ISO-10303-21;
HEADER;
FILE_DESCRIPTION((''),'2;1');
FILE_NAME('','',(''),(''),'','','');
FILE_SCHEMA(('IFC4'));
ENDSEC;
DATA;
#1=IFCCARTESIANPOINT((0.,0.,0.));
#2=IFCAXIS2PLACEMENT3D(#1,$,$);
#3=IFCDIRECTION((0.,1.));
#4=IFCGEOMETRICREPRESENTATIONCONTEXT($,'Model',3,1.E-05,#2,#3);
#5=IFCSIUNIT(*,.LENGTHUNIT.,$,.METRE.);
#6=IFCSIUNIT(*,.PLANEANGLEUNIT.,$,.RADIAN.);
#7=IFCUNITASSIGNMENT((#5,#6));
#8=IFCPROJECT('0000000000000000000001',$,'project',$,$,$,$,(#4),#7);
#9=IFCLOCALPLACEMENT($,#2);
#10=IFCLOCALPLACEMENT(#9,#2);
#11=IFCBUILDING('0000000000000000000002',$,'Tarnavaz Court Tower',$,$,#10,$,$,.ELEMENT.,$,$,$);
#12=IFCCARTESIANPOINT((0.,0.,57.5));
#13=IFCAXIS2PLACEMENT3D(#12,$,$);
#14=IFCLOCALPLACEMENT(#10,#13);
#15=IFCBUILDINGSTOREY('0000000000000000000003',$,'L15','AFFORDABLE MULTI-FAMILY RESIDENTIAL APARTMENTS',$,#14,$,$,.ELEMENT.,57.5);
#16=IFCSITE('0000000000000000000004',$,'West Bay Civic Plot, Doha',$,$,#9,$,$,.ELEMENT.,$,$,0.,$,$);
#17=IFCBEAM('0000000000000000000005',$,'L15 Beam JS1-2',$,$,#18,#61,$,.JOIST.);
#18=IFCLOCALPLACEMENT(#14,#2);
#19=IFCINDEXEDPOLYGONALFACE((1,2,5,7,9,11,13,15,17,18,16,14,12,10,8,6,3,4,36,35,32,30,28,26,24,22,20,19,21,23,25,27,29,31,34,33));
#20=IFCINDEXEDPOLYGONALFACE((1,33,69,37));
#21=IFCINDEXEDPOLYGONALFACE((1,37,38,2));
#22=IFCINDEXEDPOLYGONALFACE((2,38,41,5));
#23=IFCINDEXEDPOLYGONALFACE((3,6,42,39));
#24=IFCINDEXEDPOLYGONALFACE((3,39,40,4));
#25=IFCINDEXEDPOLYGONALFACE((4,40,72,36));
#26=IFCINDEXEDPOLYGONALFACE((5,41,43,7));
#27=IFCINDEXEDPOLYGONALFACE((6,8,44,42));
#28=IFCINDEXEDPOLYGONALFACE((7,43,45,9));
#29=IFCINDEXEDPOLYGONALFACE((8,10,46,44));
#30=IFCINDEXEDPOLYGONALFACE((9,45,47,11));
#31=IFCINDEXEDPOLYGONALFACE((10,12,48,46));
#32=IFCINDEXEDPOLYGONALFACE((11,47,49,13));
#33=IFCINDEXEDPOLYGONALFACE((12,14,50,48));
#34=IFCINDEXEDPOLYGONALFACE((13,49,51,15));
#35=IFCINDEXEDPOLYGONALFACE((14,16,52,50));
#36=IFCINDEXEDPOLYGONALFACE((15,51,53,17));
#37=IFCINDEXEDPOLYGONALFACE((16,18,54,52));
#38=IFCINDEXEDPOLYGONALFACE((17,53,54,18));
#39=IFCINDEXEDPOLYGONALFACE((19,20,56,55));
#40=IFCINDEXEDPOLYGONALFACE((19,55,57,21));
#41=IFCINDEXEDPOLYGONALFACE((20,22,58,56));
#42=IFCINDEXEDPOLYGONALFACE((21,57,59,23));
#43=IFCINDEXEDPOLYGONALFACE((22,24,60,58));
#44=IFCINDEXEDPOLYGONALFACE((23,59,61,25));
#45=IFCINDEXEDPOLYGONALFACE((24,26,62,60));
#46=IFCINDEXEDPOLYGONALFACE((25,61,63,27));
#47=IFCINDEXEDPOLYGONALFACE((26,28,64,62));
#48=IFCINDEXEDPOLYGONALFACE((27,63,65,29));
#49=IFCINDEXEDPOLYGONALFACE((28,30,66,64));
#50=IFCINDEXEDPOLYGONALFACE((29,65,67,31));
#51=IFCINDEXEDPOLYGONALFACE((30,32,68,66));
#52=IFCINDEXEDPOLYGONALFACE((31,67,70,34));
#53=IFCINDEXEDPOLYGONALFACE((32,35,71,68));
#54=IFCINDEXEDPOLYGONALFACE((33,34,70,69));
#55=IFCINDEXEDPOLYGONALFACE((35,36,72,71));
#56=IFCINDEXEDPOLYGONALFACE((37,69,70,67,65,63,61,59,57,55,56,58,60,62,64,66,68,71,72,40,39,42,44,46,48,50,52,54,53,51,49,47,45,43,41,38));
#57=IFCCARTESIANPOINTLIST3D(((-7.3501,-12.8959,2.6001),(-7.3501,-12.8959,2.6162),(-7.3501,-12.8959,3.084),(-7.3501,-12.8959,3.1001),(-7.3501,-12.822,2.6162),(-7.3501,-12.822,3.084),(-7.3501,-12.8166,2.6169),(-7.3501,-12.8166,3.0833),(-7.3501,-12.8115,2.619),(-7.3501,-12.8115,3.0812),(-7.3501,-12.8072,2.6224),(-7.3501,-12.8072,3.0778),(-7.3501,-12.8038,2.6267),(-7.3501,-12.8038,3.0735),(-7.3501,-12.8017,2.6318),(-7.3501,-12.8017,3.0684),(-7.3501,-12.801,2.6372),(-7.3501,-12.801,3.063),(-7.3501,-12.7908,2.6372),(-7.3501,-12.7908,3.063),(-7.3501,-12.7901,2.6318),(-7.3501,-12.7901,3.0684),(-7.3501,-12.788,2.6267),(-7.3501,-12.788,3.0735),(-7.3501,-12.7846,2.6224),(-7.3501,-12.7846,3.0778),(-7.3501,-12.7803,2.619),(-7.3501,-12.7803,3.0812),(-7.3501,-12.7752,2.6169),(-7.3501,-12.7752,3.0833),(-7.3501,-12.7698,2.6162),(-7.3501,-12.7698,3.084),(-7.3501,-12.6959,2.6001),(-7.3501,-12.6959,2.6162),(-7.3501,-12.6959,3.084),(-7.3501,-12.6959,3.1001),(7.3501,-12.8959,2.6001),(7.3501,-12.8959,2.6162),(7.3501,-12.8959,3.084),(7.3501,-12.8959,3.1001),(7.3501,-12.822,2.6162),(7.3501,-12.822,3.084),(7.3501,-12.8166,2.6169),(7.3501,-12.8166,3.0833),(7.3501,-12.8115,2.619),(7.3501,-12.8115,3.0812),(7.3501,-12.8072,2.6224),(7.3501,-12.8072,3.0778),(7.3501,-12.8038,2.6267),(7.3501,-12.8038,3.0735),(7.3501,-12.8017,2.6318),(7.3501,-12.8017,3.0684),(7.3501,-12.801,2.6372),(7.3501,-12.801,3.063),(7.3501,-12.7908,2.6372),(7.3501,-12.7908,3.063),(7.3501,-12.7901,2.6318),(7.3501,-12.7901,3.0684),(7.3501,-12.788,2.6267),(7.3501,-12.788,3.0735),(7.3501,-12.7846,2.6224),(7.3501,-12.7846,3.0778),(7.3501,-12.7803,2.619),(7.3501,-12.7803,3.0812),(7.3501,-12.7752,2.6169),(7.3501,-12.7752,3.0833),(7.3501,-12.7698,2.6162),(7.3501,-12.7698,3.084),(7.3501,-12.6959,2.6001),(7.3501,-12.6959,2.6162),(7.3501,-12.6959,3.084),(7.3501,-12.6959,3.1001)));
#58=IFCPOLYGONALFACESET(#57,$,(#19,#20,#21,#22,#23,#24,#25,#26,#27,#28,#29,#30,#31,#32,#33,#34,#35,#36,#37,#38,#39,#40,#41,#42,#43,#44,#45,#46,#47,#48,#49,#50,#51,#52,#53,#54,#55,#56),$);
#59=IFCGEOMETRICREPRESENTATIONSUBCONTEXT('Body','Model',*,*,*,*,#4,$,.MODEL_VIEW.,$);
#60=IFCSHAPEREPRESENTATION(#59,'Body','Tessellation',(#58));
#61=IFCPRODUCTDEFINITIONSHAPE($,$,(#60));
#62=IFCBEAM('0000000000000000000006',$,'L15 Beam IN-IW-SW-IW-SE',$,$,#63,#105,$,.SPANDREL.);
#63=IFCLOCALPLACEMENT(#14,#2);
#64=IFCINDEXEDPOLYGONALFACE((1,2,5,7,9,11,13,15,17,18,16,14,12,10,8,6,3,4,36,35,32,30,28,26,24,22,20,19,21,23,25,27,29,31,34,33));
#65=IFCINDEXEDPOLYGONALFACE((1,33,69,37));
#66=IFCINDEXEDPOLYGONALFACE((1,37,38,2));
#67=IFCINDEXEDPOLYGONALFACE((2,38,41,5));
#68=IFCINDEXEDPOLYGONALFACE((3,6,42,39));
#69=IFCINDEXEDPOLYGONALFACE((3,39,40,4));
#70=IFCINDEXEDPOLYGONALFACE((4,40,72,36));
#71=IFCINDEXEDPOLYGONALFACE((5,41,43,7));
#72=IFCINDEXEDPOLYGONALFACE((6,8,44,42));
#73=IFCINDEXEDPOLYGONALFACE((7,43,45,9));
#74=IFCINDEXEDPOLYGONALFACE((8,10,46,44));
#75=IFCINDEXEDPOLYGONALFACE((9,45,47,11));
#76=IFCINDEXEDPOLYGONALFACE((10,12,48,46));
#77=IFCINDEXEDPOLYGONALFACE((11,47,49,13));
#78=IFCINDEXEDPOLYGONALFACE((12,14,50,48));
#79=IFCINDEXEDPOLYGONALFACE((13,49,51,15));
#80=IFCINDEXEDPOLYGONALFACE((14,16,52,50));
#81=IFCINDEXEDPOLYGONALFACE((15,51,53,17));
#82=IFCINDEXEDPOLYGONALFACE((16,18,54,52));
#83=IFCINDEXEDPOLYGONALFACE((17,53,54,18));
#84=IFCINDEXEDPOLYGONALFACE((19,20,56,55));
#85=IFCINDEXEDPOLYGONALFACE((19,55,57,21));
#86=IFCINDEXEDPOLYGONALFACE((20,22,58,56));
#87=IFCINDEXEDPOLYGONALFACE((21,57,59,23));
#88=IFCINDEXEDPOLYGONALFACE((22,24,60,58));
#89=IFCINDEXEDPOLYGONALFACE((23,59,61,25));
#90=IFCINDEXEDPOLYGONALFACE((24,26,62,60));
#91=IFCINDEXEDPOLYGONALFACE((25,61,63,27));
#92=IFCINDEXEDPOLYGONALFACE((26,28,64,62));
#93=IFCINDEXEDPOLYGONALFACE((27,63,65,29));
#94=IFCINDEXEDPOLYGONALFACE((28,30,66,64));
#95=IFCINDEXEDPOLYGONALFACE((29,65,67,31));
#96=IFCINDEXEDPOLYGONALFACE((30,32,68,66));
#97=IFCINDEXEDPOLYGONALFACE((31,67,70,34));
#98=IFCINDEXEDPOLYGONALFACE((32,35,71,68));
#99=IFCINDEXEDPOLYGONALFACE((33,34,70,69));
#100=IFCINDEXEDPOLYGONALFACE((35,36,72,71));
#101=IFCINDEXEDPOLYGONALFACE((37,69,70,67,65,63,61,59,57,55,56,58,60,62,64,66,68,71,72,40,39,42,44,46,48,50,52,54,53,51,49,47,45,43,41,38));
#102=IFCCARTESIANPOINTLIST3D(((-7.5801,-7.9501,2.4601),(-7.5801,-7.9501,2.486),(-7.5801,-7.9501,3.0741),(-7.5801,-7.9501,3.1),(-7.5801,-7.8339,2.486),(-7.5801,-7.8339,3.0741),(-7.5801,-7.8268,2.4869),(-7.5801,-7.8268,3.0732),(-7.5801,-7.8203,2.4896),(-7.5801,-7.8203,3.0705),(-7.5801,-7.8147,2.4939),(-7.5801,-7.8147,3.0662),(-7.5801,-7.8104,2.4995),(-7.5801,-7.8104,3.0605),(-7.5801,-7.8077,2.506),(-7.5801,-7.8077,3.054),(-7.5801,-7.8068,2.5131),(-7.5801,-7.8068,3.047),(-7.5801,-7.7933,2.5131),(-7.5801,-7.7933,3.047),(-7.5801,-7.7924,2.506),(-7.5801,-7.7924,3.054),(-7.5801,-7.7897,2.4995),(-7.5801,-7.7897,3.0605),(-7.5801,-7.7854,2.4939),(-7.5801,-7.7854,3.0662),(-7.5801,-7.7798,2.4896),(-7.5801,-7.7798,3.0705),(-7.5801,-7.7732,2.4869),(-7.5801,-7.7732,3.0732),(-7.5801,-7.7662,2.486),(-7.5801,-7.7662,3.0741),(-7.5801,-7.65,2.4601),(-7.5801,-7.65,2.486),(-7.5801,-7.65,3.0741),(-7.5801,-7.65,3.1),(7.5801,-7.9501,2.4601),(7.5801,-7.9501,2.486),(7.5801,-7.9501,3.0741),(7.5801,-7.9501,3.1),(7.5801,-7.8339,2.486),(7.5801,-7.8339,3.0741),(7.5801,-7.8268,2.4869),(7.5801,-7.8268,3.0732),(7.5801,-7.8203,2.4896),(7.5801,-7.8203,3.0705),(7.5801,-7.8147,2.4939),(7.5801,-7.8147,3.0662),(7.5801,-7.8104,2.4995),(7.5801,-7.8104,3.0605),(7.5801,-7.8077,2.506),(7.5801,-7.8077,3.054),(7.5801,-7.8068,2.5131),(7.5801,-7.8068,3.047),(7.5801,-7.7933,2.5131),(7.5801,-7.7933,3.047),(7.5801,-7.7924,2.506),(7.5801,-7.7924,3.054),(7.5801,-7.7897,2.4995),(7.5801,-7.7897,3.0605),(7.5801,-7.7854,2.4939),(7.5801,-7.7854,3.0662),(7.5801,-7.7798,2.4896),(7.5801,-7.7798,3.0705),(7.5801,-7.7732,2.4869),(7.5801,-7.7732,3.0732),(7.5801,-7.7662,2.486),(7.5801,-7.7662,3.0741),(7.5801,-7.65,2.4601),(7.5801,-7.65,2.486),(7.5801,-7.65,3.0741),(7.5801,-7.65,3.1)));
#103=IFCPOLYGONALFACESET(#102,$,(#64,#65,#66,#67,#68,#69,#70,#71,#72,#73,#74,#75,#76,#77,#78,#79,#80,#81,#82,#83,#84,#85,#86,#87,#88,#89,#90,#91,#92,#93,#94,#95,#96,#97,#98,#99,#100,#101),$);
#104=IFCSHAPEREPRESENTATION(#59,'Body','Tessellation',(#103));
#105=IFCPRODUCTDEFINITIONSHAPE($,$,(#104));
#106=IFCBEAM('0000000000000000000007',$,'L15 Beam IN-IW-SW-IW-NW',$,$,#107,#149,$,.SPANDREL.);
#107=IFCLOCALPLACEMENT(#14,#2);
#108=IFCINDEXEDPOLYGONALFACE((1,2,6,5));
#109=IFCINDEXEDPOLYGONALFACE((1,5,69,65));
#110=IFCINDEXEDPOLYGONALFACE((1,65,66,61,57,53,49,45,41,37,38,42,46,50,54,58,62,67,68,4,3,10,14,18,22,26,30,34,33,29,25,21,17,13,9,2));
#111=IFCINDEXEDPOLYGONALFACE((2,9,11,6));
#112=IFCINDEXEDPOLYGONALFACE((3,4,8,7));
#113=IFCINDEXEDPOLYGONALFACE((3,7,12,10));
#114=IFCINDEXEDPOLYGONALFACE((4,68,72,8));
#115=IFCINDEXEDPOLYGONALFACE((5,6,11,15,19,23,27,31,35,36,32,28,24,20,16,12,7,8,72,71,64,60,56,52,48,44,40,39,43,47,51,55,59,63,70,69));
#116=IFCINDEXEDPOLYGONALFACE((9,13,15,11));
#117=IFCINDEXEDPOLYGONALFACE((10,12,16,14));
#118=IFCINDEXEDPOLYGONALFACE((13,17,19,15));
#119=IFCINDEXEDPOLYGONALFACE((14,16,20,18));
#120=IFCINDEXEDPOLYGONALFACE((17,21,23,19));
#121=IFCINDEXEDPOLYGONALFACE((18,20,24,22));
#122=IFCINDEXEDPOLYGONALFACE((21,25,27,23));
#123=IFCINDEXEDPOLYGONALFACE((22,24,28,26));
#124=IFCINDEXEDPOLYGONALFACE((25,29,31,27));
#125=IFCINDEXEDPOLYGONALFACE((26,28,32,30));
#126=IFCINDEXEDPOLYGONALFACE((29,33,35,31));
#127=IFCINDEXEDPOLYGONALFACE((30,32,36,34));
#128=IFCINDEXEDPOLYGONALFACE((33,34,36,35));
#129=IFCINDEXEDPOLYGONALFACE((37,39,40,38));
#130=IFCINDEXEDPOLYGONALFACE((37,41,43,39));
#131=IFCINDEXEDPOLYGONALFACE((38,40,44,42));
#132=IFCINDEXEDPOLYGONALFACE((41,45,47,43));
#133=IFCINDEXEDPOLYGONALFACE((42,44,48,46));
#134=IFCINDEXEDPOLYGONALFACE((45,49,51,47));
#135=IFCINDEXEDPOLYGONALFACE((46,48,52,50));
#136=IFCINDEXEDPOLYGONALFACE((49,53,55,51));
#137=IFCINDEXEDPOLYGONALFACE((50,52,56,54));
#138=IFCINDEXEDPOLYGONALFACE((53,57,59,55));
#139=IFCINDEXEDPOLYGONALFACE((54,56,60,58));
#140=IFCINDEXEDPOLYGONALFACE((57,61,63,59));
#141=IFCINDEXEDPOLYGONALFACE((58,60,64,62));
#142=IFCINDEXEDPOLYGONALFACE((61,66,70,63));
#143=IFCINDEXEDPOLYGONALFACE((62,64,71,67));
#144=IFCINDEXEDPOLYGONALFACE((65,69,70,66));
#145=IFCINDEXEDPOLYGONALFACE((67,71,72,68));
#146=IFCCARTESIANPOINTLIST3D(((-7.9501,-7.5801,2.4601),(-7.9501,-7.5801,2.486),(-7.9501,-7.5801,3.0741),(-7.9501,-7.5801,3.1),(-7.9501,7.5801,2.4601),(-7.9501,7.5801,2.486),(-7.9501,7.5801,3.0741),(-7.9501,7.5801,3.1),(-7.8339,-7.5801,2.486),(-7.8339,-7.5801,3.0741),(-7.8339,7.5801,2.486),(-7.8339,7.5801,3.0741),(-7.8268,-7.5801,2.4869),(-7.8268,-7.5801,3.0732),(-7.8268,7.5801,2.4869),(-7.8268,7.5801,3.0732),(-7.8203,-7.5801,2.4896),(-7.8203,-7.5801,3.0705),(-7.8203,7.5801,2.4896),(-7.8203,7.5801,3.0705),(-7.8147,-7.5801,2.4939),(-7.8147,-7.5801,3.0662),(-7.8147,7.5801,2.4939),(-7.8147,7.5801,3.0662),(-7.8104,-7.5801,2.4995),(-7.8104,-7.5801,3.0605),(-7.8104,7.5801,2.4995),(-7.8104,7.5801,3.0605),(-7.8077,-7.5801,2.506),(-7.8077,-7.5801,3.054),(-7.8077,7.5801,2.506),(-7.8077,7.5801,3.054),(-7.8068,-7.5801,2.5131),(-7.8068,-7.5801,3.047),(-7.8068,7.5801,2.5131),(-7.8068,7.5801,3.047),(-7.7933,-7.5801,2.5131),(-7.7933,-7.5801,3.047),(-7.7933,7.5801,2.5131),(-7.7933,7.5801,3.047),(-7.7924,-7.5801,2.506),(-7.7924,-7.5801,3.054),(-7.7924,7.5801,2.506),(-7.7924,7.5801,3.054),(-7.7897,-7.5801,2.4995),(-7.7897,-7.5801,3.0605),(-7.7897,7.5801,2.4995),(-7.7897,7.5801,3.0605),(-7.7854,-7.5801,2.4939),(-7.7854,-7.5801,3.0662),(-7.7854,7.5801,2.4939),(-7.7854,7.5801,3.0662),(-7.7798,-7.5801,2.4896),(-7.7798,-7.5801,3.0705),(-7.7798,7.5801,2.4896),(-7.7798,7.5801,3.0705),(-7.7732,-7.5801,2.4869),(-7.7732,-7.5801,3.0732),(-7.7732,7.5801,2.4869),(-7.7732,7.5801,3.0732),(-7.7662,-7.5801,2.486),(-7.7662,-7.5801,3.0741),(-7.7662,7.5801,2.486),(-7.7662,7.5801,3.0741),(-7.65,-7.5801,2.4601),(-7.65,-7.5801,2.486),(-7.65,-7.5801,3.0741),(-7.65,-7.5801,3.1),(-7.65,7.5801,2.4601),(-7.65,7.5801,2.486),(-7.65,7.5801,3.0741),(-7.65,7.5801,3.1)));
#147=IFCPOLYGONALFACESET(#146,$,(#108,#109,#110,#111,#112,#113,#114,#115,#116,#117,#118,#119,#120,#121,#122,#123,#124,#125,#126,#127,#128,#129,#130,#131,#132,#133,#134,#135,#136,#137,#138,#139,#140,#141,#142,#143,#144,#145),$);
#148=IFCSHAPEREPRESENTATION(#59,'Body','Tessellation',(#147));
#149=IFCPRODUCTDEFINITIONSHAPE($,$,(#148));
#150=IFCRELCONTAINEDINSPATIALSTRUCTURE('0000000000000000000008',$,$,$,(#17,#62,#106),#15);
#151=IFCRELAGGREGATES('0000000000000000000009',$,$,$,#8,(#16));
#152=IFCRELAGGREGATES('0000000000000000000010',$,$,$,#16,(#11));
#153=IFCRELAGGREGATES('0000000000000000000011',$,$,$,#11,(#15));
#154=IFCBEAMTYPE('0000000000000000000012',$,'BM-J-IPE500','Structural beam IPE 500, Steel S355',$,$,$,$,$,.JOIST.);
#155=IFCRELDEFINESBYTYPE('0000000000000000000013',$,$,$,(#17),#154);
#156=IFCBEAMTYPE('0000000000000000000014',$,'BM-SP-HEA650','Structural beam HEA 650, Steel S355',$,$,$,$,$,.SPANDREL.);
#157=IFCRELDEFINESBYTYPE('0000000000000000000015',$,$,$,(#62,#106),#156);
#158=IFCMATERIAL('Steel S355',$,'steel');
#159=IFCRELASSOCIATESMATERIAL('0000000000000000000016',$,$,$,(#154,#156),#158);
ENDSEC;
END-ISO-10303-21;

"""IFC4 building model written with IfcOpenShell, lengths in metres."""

from ifc_helpers import new_model, si_unit, direction, frame, origin, origin_2d, place, context, subcontext, project, spatial, i_section, extrude, material, material_profile, profile_set, type_object, element, save


model = new_model("IFC4")

# Units and contexts
model_context = context("Model", 3, precision=1e-05, world=origin(), true_north=direction((0.0, 1.0)))
body_context = subcontext(model_context, "Body", "Model", "MODEL_VIEW")
ifc_project = project(units=[si_unit("LENGTHUNIT", "METRE"), si_unit("PLANEANGLEUNIT", "RADIAN")], contexts=[model_context])

# Site, building, storey
site_placement = place(None, origin())
site = spatial("IfcSite", under=ifc_project, at=site_placement, Name="West Bay Civic Plot, Doha", CompositionType="ELEMENT", RefElevation=0.0)
building_placement = place(site_placement, origin())
building = spatial("IfcBuilding", under=site, at=building_placement, Name="Tarnavaz Court Tower", CompositionType="ELEMENT")
storey_placement = place(building_placement, frame((0.0, 0.0, 57.5)))
storey = spatial("IfcBuildingStorey", under=building, at=storey_placement, Name="L15", Description="AFFORDABLE MULTI-FAMILY RESIDENTIAL APARTMENTS", CompositionType="ELEMENT", Elevation=57.5)

# Beams
ifc_material_1 = material(Name="Steel S355", Category="steel")
ifc_material_profile_1 = material_profile(ifc_material_1, i_section(OverallWidth=0.2, OverallDepth=0.5, WebThickness=0.0103, FlangeThickness=0.0161, FilletRadius=0.021, at=origin_2d()), Name="IPE 500")
ifc_profile_set_1 = profile_set([ifc_material_profile_1], Name="Steel S355")
beam_type_1 = type_object("IfcBeamType", Name="BM-J-IPE500", Description="Structural beam IPE 500, Steel S355", PredefinedType="JOIST", material=ifc_profile_set_1)
beam_1_placement = place(storey_placement, frame((-7.3501, -12.7959, 2.8501), z_axis=(1.0, 0.0, 0.0), x_axis=(0.0, 1.0, 0.0)))
element("IfcBeam", 1, at=beam_1_placement, inside=storey, type_object=beam_type_1, Name="L15 Beam JS1-2", PredefinedType="JOIST", context=body_context, shape_type="SweptSolid", body=[
    extrude(i_section(OverallWidth=0.2, OverallDepth=0.5, WebThickness=0.0103, FlangeThickness=0.0161, FilletRadius=0.021, at=origin_2d()), origin(), (0.0, 0.0, 1.0), 14.7002),
])
ifc_material_profile_2 = material_profile(ifc_material_1, i_section(OverallWidth=0.3, OverallDepth=0.6399, WebThickness=0.0134, FlangeThickness=0.0259, FilletRadius=0.0271, at=origin_2d()), Name="HEA 650")
ifc_profile_set_2 = profile_set([ifc_material_profile_2], Name="Steel S355")
beam_type_2 = type_object("IfcBeamType", Name="BM-SP-HEA650", Description="Structural beam HEA 650, Steel S355", PredefinedType="SPANDREL", material=ifc_profile_set_2)
for number, where, z_axis, x_axis, name in (
    (2, (-7.5801, -7.8, 2.78), (1.0, 0.0, 0.0), (0.0, 1.0, 0.0), "L15 Beam IN-IW-SW-IW-SE"),
    (3, (-7.8, -7.5801, 2.78), (0.0, 1.0, 0.0), (-1.0, 0.0, 0.0), "L15 Beam IN-IW-SW-IW-NW"),
):
    element("IfcBeam", number, at=place(storey_placement, frame(where, z_axis=z_axis, x_axis=x_axis)), inside=storey, type_object=beam_type_2, Name=name, PredefinedType="SPANDREL", context=body_context, shape_type="SweptSolid", body=[
        extrude(i_section(OverallWidth=0.3, OverallDepth=0.6399, WebThickness=0.0134, FlangeThickness=0.0259, FilletRadius=0.0271, at=origin_2d()), origin(), (0.0, 0.0, 1.0), 15.1602),
    ])

save(model, "model.ifc")
